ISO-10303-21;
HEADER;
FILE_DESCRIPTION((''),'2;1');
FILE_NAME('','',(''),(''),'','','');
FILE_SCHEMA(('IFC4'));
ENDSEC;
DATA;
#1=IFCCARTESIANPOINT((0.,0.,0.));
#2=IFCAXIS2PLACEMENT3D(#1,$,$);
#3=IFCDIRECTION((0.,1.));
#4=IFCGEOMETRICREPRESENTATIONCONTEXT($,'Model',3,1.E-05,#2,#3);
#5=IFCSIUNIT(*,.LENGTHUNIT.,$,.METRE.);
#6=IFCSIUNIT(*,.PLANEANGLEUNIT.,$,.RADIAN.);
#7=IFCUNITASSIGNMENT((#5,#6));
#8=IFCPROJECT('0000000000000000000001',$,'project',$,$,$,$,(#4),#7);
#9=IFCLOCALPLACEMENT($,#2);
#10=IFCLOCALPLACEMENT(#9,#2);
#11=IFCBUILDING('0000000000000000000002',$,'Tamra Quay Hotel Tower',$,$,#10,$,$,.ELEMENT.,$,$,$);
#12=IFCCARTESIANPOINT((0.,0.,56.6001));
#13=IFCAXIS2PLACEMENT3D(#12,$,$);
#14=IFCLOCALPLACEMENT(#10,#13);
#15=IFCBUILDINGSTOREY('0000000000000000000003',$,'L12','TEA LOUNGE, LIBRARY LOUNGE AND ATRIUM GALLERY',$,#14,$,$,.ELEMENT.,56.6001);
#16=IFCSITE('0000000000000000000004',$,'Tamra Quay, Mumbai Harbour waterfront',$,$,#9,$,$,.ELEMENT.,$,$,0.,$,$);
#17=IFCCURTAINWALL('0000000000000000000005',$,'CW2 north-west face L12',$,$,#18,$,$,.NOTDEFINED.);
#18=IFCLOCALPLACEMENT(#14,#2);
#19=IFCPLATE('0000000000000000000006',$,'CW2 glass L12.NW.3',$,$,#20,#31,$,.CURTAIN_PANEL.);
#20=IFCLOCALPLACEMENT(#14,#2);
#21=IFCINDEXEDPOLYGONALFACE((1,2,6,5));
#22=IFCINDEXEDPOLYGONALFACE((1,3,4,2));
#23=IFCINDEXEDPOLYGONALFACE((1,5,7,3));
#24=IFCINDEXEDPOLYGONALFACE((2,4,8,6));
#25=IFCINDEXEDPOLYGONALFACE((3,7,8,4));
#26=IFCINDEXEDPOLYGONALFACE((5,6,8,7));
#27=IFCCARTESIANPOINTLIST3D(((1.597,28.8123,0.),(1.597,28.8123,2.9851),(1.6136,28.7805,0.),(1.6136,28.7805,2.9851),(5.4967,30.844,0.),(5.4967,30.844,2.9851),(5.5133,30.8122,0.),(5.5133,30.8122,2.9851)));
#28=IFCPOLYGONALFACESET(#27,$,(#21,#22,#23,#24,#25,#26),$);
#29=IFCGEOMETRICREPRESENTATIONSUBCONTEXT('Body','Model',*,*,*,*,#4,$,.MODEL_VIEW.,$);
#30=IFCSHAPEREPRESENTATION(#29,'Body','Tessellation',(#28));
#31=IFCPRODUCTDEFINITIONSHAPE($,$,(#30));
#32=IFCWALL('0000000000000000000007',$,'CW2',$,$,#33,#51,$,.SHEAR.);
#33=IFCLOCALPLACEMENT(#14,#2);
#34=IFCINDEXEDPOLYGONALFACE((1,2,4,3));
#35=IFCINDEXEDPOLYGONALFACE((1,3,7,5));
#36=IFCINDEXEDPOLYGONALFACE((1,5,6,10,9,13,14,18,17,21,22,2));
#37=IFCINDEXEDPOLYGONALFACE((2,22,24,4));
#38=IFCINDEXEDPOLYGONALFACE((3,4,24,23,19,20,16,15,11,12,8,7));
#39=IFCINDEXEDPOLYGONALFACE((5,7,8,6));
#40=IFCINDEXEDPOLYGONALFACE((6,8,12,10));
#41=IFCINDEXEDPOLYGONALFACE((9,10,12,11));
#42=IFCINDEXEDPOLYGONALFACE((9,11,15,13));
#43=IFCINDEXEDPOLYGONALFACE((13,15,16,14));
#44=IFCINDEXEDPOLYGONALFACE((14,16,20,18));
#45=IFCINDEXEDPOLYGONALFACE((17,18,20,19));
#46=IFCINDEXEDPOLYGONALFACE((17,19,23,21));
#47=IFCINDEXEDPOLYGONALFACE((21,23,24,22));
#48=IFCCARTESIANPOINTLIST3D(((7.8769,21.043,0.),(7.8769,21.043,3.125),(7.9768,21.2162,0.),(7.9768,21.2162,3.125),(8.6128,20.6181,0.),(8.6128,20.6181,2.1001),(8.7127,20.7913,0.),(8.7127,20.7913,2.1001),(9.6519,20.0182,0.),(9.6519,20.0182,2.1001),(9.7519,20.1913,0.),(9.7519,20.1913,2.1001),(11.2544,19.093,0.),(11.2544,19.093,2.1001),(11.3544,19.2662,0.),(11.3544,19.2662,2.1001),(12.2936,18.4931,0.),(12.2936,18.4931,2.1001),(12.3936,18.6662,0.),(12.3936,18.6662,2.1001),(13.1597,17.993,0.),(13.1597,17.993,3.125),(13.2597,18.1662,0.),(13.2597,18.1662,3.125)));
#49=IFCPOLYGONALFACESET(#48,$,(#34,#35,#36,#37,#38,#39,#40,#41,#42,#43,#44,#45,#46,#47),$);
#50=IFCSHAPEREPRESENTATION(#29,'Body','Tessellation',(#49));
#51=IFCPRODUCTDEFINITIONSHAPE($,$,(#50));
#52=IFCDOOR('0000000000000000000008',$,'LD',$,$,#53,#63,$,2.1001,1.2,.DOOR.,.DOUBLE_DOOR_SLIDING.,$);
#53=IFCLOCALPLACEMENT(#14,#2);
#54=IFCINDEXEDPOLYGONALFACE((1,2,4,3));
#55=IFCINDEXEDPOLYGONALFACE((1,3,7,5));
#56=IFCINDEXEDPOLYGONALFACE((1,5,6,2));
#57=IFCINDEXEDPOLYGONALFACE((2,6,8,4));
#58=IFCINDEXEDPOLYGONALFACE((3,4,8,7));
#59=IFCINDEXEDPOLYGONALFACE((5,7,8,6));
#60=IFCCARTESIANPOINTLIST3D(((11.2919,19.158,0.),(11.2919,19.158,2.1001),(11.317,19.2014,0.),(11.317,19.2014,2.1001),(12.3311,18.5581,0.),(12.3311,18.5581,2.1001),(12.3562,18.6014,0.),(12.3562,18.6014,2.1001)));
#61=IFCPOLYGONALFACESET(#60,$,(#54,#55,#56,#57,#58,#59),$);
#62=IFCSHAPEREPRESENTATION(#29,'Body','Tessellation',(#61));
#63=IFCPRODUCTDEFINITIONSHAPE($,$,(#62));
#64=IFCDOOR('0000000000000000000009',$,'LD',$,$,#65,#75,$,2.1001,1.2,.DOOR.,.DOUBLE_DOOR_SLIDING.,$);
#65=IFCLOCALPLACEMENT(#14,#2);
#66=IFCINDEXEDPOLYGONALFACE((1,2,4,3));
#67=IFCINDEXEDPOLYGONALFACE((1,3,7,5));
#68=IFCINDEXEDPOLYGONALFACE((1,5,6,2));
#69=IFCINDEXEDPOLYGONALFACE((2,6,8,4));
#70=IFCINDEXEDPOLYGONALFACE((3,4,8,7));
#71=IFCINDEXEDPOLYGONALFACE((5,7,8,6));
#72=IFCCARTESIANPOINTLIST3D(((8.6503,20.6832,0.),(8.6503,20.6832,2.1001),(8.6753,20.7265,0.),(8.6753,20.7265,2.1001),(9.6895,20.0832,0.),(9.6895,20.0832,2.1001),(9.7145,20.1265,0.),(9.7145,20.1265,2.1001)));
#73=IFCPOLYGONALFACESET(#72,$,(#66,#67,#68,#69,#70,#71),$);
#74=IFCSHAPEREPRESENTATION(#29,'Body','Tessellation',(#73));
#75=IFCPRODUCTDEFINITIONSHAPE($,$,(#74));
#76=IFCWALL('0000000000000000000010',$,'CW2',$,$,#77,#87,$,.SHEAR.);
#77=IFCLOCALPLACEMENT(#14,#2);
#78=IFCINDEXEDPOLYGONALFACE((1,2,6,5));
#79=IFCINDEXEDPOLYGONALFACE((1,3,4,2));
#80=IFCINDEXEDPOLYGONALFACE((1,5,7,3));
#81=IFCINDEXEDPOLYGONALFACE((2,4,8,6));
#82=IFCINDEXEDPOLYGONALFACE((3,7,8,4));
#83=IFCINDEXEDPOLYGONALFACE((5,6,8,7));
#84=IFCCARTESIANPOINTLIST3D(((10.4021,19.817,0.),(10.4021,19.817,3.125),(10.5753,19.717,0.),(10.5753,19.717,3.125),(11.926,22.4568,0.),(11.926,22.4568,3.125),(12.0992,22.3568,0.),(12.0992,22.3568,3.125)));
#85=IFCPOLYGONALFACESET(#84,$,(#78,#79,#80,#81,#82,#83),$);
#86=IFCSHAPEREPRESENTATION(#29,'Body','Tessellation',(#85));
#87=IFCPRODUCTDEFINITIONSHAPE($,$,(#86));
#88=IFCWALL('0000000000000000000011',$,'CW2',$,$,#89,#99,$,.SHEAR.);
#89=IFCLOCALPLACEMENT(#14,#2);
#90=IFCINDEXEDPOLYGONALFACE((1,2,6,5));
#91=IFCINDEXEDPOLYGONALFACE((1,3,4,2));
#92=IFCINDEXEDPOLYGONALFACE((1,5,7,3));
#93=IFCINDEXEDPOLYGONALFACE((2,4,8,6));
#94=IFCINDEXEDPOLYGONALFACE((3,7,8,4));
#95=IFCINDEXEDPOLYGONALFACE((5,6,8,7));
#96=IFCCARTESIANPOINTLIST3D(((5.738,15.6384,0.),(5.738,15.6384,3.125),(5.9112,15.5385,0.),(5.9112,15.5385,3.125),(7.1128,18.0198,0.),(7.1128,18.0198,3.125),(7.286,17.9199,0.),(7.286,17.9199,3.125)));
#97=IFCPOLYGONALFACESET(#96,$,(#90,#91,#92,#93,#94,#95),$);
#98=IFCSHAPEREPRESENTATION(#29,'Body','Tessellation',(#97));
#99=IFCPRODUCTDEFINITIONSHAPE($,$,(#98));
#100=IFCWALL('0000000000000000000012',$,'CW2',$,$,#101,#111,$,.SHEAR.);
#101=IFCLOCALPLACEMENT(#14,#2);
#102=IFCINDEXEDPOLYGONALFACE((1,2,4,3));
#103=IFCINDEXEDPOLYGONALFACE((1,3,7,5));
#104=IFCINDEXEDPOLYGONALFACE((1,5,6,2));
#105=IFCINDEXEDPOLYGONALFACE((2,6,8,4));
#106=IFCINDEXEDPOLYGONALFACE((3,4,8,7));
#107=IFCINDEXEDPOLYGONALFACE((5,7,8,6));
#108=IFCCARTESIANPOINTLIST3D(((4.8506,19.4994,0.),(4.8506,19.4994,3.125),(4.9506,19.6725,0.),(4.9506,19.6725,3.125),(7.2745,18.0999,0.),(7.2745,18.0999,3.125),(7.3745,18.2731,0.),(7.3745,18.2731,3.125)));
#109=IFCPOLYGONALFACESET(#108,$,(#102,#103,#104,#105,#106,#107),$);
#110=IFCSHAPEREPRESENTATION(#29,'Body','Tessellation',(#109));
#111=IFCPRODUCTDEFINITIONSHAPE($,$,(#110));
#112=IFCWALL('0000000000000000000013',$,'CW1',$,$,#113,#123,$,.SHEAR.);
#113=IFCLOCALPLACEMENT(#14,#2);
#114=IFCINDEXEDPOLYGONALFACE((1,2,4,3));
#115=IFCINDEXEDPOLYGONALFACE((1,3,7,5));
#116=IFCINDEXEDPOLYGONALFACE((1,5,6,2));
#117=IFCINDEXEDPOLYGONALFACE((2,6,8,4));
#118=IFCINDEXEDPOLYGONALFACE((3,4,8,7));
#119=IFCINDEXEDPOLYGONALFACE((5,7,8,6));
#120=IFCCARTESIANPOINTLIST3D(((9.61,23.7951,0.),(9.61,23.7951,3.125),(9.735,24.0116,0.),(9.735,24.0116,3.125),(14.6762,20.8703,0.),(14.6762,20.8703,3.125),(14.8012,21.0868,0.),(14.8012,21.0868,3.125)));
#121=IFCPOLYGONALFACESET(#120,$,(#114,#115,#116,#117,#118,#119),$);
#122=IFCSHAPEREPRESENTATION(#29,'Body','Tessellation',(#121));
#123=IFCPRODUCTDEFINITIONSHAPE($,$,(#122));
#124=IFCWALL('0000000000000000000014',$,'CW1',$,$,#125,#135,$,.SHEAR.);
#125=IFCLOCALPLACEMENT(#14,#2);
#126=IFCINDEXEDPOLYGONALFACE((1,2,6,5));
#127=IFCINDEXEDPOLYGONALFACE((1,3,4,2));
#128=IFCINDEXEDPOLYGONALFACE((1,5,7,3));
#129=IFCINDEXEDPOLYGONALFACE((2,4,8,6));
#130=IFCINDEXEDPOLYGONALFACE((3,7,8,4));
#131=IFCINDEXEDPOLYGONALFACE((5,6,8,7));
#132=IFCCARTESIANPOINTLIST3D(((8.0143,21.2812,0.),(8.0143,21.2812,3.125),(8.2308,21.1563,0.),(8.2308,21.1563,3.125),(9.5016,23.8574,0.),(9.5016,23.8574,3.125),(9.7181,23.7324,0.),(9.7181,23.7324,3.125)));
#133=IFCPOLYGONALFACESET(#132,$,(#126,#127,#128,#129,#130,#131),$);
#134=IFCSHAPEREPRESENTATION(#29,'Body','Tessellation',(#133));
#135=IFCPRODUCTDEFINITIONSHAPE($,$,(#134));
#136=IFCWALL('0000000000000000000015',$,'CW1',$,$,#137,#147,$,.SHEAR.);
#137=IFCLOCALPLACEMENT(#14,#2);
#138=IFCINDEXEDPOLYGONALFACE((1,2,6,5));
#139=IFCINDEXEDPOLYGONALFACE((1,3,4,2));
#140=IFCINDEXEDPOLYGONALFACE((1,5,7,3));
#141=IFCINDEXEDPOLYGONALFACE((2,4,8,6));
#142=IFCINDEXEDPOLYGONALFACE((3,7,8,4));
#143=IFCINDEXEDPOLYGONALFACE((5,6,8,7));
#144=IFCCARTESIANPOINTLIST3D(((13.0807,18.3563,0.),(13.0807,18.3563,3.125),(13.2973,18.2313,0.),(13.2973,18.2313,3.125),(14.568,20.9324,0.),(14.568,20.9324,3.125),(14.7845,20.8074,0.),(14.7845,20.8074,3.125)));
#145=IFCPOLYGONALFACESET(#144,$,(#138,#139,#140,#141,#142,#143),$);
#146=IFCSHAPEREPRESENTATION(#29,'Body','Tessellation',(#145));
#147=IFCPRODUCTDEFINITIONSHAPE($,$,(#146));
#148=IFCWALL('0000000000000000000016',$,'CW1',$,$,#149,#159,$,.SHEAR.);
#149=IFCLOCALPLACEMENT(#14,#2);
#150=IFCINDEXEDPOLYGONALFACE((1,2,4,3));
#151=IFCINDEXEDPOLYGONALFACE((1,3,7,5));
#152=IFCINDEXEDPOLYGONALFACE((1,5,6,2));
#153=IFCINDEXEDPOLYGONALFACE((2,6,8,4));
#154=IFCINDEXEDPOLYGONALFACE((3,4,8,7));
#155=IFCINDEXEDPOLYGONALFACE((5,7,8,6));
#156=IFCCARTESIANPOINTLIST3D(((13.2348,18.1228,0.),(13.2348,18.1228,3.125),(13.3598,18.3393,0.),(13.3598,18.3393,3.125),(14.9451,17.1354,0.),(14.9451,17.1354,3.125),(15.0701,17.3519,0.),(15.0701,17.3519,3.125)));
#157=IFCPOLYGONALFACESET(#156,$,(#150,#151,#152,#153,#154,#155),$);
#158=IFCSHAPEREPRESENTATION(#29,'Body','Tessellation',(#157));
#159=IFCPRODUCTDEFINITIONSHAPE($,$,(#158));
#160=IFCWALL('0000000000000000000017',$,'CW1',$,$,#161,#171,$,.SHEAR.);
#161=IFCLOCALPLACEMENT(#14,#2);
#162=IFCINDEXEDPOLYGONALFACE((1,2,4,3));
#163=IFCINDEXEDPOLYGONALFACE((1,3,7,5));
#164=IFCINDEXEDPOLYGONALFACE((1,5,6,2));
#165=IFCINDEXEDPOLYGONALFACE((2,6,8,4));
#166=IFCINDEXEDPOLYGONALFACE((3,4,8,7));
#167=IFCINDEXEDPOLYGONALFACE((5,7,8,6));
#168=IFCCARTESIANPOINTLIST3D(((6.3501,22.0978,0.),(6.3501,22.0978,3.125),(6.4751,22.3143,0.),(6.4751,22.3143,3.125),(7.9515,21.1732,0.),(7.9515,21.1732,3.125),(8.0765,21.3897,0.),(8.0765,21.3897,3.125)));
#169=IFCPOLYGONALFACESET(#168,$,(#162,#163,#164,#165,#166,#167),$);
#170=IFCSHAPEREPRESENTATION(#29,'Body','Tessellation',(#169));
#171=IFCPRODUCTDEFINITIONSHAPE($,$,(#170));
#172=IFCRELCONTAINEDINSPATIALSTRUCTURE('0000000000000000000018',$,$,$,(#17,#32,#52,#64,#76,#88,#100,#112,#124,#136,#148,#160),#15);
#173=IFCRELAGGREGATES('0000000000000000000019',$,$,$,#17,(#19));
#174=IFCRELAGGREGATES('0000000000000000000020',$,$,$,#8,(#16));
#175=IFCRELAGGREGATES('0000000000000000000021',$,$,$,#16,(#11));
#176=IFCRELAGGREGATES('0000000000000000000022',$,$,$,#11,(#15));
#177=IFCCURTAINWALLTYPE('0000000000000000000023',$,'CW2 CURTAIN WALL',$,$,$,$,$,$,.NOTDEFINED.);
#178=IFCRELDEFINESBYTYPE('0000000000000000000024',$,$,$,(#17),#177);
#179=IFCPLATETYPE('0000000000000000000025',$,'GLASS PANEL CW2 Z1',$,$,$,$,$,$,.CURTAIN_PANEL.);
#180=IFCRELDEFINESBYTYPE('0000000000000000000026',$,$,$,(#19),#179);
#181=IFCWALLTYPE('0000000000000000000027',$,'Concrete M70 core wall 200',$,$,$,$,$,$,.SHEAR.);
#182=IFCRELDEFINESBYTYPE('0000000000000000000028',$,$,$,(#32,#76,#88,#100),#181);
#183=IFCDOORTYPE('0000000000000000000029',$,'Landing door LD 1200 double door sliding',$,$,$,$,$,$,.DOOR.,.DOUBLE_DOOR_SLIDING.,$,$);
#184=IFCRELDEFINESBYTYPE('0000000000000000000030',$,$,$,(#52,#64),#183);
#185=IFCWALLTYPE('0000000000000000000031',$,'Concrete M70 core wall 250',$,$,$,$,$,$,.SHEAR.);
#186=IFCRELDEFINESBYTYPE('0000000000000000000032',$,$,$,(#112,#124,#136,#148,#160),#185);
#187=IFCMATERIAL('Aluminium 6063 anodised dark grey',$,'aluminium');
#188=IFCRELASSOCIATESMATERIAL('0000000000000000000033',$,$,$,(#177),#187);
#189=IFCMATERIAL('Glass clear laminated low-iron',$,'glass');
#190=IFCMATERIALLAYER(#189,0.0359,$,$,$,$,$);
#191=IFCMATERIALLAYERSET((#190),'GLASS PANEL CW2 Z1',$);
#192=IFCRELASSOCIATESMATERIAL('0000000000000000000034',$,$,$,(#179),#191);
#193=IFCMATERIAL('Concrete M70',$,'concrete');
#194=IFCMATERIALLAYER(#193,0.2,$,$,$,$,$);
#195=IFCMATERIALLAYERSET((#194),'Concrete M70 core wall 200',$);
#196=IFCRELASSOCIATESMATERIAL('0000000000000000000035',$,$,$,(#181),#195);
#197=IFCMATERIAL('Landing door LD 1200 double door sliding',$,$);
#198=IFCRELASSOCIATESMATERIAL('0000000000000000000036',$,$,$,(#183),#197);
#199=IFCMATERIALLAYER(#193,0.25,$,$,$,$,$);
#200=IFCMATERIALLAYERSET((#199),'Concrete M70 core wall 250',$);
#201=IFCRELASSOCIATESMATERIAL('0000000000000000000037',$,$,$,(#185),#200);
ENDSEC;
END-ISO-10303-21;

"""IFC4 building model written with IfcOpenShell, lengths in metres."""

from ifc_helpers import new_model, si_unit, direction, frame, frame_2d, origin, origin_2d, place, context, subcontext, project, spatial, rectangle, extrude, material, layer, layer_set, type_object, element, fill, aggregate, save


model = new_model("IFC4")

# Units and contexts
model_context = context("Model", 3, precision=1e-05, world=origin(), true_north=direction((0.0, 1.0)))
body_context = subcontext(model_context, "Body", "Model", "MODEL_VIEW")
ifc_project = project(units=[si_unit("LENGTHUNIT", "METRE"), si_unit("PLANEANGLEUNIT", "RADIAN")], contexts=[model_context])

# Site, building, storey
site_placement = place(None, origin())
site = spatial("IfcSite", under=ifc_project, at=site_placement, Name="Tamra Quay, Mumbai Harbour waterfront", CompositionType="ELEMENT", RefElevation=0.0)
building_placement = place(site_placement, origin())
building = spatial("IfcBuilding", under=site, at=building_placement, Name="Tamra Quay Hotel Tower", CompositionType="ELEMENT")
storey_placement = place(building_placement, frame((0.0, 0.0, 56.6001)))
storey = spatial("IfcBuildingStorey", under=building, at=storey_placement, Name="L12", Description="TEA LOUNGE, LIBRARY LOUNGE AND ATRIUM GALLERY", CompositionType="ELEMENT", Elevation=56.6001)

# Shared definitions
ifc_material_1 = material(Name="Concrete M70", Category="concrete")

# Curtain wall
ifc_material_2 = material(Name="Aluminium 6063 anodised dark grey", Category="aluminium")
curtain_wall_type_1 = type_object("IfcCurtainWallType", Name="CW2 CURTAIN WALL", PredefinedType="NOTDEFINED", material=ifc_material_2)
curtain_wall_1_placement = place(storey_placement, origin())
curtain_wall_1 = element("IfcCurtainWall", 1, at=curtain_wall_1_placement, inside=storey, type_object=curtain_wall_type_1, Name="CW2 north-west face L12", PredefinedType="NOTDEFINED")

# Plate
ifc_material_3 = material(Name="Glass clear laminated low-iron", Category="glass")
ifc_layer_1 = layer(ifc_material_3, 0.0359)
ifc_layer_set_1 = layer_set([ifc_layer_1], Name="GLASS PANEL CW2 Z1")
plate_type_1 = type_object("IfcPlateType", Name="GLASS PANEL CW2 Z1", PredefinedType="CURTAIN_PANEL", material=ifc_layer_set_1)
plate_1_placement = place(storey_placement, frame((3.5552, 29.8123, 0.0), z_axis=(0.0, 0.0, 1.0), x_axis=(-0.886856, -0.462045, 0.0)))
plate_1 = element("IfcPlate", 2, at=plate_1_placement, type_object=plate_type_1, Name="CW2 glass L12.NW.3", PredefinedType="CURTAIN_PANEL", context=body_context, shape_type="SweptSolid", body=[
    extrude(rectangle(XDim=4.3972, YDim=0.0359, at=origin_2d()), origin(), (0.0, 0.0, 1.0), 2.9851),
])
aggregate(curtain_wall_1, [plate_1])

# Wall, openings, doors
ifc_layer_2 = layer(ifc_material_1, 0.2)
ifc_layer_set_2 = layer_set([ifc_layer_2], Name="Concrete M70 core wall 200")
wall_type_1 = type_object("IfcWallType", Name="Concrete M70 core wall 200", PredefinedType="SHEAR", material=ifc_layer_set_2)
wall_1_placement = place(storey_placement, frame((13.2097, 18.0796, 0.0), z_axis=(0.0, 0.0, 1.0), x_axis=(-0.86603, 0.499992, 0.0)))
wall_1 = element("IfcWall", 3, at=wall_1_placement, inside=storey, type_object=wall_type_1, Name="CW2", PredefinedType="SHEAR", context=body_context, shape_type="SweptSolid", body=[
    extrude(rectangle(XDim=6.1001, YDim=0.2, at=frame_2d((3.05, 0.0))), origin(), (0.0, 0.0, 1.0), 3.125),
])
opening_1_placement = place(wall_1_placement, frame((1.0, 0.0, 0.0)))
opening_1 = element("IfcOpeningElement", 4, at=opening_1_placement, cuts=wall_1, PredefinedType="OPENING", context=body_context, shape_type="SweptSolid", body=[
    extrude(rectangle(XDim=1.2, YDim=2.1001, at=frame_2d((0.6001, 1.05))), frame((0.0, 0.1099, 0.0), z_axis=(0.0, -1.0, 0.0), x_axis=(1.0, 0.0, 0.0)), (0.0, 0.0, 1.0), 0.22),
])
opening_2_placement = place(wall_1_placement, frame((4.0503, 0.0, 0.0)))
opening_2 = element("IfcOpeningElement", 5, at=opening_2_placement, cuts=wall_1, PredefinedType="OPENING", context=body_context, shape_type="SweptSolid", body=[
    extrude(rectangle(XDim=1.2, YDim=2.1001, at=frame_2d((0.6001, 1.05))), frame((0.0, 0.1099, 0.0), z_axis=(0.0, -1.0, 0.0), x_axis=(1.0, 0.0, 0.0)), (0.0, 0.0, 1.0), 0.22),
])
ifc_material_4 = material(Name="Landing door LD 1200 double door sliding")
door_type = type_object("IfcDoorType", Name="Landing door LD 1200 double door sliding", OperationType="DOUBLE_DOOR_SLIDING", PredefinedType="DOOR", material=ifc_material_4)
door_1_placement = place(opening_1_placement, origin())
door_1 = element("IfcDoor", 6, at=door_1_placement, inside=storey, type_object=door_type, Name="LD", OperationType="DOUBLE_DOOR_SLIDING", OverallHeight=2.1001, OverallWidth=1.2, PredefinedType="DOOR", context=body_context, shape_type="SweptSolid", body=[
    extrude(rectangle(XDim=1.2, YDim=2.1001, at=frame_2d((0.6001, 1.05))), frame((0.0, 0.0249, 0.0), z_axis=(0.0, -1.0, 0.0), x_axis=(1.0, 0.0, 0.0)), (0.0, 0.0, 1.0), 0.05),
])
fill(opening_1, door_1)
door_2_placement = place(opening_2_placement, origin())
door_2 = element("IfcDoor", 7, at=door_2_placement, inside=storey, type_object=door_type, Name="LD", OperationType="DOUBLE_DOOR_SLIDING", OverallHeight=2.1001, OverallWidth=1.2, PredefinedType="DOOR", context=body_context, shape_type="SweptSolid", body=[
    extrude(rectangle(XDim=1.2, YDim=2.1001, at=frame_2d((0.6001, 1.05))), frame((0.0, 0.0249, 0.0), z_axis=(0.0, -1.0, 0.0), x_axis=(1.0, 0.0, 0.0)), (0.0, 0.0, 1.0), 0.05),
])
fill(opening_2, door_2)

# Walls
wall_2_placement = place(storey_placement, frame((10.4888, 19.7671, 0.0), z_axis=(0.0, 0.0, 1.0), x_axis=(0.499947, 0.866056, 0.0)))
element("IfcWall", 8, at=wall_2_placement, inside=storey, type_object=wall_type_1, Name="CW2", PredefinedType="SHEAR", context=body_context, shape_type="SweptSolid", body=[
    extrude(rectangle(XDim=3.0481, YDim=0.2, at=frame_2d((1.5239, 0.0))), origin(), (0.0, 0.0, 1.0), 3.125),
])
wall_3_placement = place(storey_placement, frame((7.1995, 17.97, 0.0), z_axis=(0.0, 0.0, 1.0), x_axis=(-0.499968, -0.866044, 0.0)))
element("IfcWall", 9, at=wall_3_placement, inside=storey, type_object=wall_type_1, Name="CW2", PredefinedType="SHEAR", context=body_context, shape_type="SweptSolid", body=[
    extrude(rectangle(XDim=2.7498, YDim=0.2, at=frame_2d((1.375, 0.0))), origin(), (0.0, 0.0, 1.0), 3.125),
])
wall_4_placement = place(storey_placement, frame((4.9006, 19.5859, 0.0), z_axis=(0.0, 0.0, 1.0), x_axis=(0.866023, -0.500004, 0.0)))
element("IfcWall", 10, at=wall_4_placement, inside=storey, type_object=wall_type_1, Name="CW2", PredefinedType="SHEAR", context=body_context, shape_type="SweptSolid", body=[
    extrude(rectangle(XDim=2.7988, YDim=0.2, at=frame_2d((1.3994, 0.0))), origin(), (0.0, 0.0, 1.0), 3.125),
])
ifc_layer_3 = layer(ifc_material_1, 0.25)
ifc_layer_set_3 = layer_set([ifc_layer_3], Name="Concrete M70 core wall 250")
wall_type_2 = type_object("IfcWallType", Name="Concrete M70 core wall 250", PredefinedType="SHEAR", material=ifc_layer_set_3)
wall_5_placement = place(storey_placement, frame((9.6726, 23.9033, 0.0), z_axis=(0.0, 0.0, 1.0), x_axis=(0.866036, -0.499981, 0.0)))
element("IfcWall", 11, at=wall_5_placement, inside=storey, type_object=wall_type_2, Name="CW1", PredefinedType="SHEAR", context=body_context, shape_type="SweptSolid", body=[
    extrude(rectangle(XDim=5.8499, YDim=0.25, at=frame_2d((2.9248, 0.0))), origin(), (0.0, 0.0, 1.0), 3.125),
])
for number, where, z_axis, x_axis, name in (
    (12, (8.1226, 21.2188, 0.0), (0.0, 0.0, 1.0), (0.499988, 0.866033, 0.0), "CW1"),
    (13, (14.6763, 20.8699, 0.0), (0.0, 0.0, 1.0), (-0.499988, -0.866033, 0.0), "CW1"),
):
    element("IfcWall", number, at=place(storey_placement, frame(where, z_axis=z_axis, x_axis=x_axis)), inside=storey, type_object=wall_type_2, Name=name, PredefinedType="SHEAR", context=body_context, shape_type="SweptSolid", body=[
        extrude(rectangle(XDim=2.9746, YDim=0.25, at=frame_2d((1.4873, 0.0))), origin(), (0.0, 0.0, 1.0), 3.125),
    ])
wall_6_placement = place(storey_placement, frame((13.2974, 18.231, 0.0), z_axis=(0.0, 0.0, 1.0), x_axis=(0.866044, -0.499969, 0.0)))
element("IfcWall", 14, at=wall_6_placement, inside=storey, type_object=wall_type_2, Name="CW1", PredefinedType="SHEAR", context=body_context, shape_type="SweptSolid", body=[
    extrude(rectangle(XDim=1.9749, YDim=0.25, at=frame_2d((0.9873, 0.0))), origin(), (0.0, 0.0, 1.0), 3.125),
])
wall_7_placement = place(storey_placement, frame((6.4126, 22.2061, 0.0), z_axis=(0.0, 0.0, 1.0), x_axis=(0.866016, -0.500016, 0.0)))
element("IfcWall", 15, at=wall_7_placement, inside=storey, type_object=wall_type_2, Name="CW1", PredefinedType="SHEAR", context=body_context, shape_type="SweptSolid", body=[
    extrude(rectangle(XDim=1.8491, YDim=0.25, at=frame_2d((0.9246, 0.0))), origin(), (0.0, 0.0, 1.0), 3.125),
])

save(model, "model.ifc")
